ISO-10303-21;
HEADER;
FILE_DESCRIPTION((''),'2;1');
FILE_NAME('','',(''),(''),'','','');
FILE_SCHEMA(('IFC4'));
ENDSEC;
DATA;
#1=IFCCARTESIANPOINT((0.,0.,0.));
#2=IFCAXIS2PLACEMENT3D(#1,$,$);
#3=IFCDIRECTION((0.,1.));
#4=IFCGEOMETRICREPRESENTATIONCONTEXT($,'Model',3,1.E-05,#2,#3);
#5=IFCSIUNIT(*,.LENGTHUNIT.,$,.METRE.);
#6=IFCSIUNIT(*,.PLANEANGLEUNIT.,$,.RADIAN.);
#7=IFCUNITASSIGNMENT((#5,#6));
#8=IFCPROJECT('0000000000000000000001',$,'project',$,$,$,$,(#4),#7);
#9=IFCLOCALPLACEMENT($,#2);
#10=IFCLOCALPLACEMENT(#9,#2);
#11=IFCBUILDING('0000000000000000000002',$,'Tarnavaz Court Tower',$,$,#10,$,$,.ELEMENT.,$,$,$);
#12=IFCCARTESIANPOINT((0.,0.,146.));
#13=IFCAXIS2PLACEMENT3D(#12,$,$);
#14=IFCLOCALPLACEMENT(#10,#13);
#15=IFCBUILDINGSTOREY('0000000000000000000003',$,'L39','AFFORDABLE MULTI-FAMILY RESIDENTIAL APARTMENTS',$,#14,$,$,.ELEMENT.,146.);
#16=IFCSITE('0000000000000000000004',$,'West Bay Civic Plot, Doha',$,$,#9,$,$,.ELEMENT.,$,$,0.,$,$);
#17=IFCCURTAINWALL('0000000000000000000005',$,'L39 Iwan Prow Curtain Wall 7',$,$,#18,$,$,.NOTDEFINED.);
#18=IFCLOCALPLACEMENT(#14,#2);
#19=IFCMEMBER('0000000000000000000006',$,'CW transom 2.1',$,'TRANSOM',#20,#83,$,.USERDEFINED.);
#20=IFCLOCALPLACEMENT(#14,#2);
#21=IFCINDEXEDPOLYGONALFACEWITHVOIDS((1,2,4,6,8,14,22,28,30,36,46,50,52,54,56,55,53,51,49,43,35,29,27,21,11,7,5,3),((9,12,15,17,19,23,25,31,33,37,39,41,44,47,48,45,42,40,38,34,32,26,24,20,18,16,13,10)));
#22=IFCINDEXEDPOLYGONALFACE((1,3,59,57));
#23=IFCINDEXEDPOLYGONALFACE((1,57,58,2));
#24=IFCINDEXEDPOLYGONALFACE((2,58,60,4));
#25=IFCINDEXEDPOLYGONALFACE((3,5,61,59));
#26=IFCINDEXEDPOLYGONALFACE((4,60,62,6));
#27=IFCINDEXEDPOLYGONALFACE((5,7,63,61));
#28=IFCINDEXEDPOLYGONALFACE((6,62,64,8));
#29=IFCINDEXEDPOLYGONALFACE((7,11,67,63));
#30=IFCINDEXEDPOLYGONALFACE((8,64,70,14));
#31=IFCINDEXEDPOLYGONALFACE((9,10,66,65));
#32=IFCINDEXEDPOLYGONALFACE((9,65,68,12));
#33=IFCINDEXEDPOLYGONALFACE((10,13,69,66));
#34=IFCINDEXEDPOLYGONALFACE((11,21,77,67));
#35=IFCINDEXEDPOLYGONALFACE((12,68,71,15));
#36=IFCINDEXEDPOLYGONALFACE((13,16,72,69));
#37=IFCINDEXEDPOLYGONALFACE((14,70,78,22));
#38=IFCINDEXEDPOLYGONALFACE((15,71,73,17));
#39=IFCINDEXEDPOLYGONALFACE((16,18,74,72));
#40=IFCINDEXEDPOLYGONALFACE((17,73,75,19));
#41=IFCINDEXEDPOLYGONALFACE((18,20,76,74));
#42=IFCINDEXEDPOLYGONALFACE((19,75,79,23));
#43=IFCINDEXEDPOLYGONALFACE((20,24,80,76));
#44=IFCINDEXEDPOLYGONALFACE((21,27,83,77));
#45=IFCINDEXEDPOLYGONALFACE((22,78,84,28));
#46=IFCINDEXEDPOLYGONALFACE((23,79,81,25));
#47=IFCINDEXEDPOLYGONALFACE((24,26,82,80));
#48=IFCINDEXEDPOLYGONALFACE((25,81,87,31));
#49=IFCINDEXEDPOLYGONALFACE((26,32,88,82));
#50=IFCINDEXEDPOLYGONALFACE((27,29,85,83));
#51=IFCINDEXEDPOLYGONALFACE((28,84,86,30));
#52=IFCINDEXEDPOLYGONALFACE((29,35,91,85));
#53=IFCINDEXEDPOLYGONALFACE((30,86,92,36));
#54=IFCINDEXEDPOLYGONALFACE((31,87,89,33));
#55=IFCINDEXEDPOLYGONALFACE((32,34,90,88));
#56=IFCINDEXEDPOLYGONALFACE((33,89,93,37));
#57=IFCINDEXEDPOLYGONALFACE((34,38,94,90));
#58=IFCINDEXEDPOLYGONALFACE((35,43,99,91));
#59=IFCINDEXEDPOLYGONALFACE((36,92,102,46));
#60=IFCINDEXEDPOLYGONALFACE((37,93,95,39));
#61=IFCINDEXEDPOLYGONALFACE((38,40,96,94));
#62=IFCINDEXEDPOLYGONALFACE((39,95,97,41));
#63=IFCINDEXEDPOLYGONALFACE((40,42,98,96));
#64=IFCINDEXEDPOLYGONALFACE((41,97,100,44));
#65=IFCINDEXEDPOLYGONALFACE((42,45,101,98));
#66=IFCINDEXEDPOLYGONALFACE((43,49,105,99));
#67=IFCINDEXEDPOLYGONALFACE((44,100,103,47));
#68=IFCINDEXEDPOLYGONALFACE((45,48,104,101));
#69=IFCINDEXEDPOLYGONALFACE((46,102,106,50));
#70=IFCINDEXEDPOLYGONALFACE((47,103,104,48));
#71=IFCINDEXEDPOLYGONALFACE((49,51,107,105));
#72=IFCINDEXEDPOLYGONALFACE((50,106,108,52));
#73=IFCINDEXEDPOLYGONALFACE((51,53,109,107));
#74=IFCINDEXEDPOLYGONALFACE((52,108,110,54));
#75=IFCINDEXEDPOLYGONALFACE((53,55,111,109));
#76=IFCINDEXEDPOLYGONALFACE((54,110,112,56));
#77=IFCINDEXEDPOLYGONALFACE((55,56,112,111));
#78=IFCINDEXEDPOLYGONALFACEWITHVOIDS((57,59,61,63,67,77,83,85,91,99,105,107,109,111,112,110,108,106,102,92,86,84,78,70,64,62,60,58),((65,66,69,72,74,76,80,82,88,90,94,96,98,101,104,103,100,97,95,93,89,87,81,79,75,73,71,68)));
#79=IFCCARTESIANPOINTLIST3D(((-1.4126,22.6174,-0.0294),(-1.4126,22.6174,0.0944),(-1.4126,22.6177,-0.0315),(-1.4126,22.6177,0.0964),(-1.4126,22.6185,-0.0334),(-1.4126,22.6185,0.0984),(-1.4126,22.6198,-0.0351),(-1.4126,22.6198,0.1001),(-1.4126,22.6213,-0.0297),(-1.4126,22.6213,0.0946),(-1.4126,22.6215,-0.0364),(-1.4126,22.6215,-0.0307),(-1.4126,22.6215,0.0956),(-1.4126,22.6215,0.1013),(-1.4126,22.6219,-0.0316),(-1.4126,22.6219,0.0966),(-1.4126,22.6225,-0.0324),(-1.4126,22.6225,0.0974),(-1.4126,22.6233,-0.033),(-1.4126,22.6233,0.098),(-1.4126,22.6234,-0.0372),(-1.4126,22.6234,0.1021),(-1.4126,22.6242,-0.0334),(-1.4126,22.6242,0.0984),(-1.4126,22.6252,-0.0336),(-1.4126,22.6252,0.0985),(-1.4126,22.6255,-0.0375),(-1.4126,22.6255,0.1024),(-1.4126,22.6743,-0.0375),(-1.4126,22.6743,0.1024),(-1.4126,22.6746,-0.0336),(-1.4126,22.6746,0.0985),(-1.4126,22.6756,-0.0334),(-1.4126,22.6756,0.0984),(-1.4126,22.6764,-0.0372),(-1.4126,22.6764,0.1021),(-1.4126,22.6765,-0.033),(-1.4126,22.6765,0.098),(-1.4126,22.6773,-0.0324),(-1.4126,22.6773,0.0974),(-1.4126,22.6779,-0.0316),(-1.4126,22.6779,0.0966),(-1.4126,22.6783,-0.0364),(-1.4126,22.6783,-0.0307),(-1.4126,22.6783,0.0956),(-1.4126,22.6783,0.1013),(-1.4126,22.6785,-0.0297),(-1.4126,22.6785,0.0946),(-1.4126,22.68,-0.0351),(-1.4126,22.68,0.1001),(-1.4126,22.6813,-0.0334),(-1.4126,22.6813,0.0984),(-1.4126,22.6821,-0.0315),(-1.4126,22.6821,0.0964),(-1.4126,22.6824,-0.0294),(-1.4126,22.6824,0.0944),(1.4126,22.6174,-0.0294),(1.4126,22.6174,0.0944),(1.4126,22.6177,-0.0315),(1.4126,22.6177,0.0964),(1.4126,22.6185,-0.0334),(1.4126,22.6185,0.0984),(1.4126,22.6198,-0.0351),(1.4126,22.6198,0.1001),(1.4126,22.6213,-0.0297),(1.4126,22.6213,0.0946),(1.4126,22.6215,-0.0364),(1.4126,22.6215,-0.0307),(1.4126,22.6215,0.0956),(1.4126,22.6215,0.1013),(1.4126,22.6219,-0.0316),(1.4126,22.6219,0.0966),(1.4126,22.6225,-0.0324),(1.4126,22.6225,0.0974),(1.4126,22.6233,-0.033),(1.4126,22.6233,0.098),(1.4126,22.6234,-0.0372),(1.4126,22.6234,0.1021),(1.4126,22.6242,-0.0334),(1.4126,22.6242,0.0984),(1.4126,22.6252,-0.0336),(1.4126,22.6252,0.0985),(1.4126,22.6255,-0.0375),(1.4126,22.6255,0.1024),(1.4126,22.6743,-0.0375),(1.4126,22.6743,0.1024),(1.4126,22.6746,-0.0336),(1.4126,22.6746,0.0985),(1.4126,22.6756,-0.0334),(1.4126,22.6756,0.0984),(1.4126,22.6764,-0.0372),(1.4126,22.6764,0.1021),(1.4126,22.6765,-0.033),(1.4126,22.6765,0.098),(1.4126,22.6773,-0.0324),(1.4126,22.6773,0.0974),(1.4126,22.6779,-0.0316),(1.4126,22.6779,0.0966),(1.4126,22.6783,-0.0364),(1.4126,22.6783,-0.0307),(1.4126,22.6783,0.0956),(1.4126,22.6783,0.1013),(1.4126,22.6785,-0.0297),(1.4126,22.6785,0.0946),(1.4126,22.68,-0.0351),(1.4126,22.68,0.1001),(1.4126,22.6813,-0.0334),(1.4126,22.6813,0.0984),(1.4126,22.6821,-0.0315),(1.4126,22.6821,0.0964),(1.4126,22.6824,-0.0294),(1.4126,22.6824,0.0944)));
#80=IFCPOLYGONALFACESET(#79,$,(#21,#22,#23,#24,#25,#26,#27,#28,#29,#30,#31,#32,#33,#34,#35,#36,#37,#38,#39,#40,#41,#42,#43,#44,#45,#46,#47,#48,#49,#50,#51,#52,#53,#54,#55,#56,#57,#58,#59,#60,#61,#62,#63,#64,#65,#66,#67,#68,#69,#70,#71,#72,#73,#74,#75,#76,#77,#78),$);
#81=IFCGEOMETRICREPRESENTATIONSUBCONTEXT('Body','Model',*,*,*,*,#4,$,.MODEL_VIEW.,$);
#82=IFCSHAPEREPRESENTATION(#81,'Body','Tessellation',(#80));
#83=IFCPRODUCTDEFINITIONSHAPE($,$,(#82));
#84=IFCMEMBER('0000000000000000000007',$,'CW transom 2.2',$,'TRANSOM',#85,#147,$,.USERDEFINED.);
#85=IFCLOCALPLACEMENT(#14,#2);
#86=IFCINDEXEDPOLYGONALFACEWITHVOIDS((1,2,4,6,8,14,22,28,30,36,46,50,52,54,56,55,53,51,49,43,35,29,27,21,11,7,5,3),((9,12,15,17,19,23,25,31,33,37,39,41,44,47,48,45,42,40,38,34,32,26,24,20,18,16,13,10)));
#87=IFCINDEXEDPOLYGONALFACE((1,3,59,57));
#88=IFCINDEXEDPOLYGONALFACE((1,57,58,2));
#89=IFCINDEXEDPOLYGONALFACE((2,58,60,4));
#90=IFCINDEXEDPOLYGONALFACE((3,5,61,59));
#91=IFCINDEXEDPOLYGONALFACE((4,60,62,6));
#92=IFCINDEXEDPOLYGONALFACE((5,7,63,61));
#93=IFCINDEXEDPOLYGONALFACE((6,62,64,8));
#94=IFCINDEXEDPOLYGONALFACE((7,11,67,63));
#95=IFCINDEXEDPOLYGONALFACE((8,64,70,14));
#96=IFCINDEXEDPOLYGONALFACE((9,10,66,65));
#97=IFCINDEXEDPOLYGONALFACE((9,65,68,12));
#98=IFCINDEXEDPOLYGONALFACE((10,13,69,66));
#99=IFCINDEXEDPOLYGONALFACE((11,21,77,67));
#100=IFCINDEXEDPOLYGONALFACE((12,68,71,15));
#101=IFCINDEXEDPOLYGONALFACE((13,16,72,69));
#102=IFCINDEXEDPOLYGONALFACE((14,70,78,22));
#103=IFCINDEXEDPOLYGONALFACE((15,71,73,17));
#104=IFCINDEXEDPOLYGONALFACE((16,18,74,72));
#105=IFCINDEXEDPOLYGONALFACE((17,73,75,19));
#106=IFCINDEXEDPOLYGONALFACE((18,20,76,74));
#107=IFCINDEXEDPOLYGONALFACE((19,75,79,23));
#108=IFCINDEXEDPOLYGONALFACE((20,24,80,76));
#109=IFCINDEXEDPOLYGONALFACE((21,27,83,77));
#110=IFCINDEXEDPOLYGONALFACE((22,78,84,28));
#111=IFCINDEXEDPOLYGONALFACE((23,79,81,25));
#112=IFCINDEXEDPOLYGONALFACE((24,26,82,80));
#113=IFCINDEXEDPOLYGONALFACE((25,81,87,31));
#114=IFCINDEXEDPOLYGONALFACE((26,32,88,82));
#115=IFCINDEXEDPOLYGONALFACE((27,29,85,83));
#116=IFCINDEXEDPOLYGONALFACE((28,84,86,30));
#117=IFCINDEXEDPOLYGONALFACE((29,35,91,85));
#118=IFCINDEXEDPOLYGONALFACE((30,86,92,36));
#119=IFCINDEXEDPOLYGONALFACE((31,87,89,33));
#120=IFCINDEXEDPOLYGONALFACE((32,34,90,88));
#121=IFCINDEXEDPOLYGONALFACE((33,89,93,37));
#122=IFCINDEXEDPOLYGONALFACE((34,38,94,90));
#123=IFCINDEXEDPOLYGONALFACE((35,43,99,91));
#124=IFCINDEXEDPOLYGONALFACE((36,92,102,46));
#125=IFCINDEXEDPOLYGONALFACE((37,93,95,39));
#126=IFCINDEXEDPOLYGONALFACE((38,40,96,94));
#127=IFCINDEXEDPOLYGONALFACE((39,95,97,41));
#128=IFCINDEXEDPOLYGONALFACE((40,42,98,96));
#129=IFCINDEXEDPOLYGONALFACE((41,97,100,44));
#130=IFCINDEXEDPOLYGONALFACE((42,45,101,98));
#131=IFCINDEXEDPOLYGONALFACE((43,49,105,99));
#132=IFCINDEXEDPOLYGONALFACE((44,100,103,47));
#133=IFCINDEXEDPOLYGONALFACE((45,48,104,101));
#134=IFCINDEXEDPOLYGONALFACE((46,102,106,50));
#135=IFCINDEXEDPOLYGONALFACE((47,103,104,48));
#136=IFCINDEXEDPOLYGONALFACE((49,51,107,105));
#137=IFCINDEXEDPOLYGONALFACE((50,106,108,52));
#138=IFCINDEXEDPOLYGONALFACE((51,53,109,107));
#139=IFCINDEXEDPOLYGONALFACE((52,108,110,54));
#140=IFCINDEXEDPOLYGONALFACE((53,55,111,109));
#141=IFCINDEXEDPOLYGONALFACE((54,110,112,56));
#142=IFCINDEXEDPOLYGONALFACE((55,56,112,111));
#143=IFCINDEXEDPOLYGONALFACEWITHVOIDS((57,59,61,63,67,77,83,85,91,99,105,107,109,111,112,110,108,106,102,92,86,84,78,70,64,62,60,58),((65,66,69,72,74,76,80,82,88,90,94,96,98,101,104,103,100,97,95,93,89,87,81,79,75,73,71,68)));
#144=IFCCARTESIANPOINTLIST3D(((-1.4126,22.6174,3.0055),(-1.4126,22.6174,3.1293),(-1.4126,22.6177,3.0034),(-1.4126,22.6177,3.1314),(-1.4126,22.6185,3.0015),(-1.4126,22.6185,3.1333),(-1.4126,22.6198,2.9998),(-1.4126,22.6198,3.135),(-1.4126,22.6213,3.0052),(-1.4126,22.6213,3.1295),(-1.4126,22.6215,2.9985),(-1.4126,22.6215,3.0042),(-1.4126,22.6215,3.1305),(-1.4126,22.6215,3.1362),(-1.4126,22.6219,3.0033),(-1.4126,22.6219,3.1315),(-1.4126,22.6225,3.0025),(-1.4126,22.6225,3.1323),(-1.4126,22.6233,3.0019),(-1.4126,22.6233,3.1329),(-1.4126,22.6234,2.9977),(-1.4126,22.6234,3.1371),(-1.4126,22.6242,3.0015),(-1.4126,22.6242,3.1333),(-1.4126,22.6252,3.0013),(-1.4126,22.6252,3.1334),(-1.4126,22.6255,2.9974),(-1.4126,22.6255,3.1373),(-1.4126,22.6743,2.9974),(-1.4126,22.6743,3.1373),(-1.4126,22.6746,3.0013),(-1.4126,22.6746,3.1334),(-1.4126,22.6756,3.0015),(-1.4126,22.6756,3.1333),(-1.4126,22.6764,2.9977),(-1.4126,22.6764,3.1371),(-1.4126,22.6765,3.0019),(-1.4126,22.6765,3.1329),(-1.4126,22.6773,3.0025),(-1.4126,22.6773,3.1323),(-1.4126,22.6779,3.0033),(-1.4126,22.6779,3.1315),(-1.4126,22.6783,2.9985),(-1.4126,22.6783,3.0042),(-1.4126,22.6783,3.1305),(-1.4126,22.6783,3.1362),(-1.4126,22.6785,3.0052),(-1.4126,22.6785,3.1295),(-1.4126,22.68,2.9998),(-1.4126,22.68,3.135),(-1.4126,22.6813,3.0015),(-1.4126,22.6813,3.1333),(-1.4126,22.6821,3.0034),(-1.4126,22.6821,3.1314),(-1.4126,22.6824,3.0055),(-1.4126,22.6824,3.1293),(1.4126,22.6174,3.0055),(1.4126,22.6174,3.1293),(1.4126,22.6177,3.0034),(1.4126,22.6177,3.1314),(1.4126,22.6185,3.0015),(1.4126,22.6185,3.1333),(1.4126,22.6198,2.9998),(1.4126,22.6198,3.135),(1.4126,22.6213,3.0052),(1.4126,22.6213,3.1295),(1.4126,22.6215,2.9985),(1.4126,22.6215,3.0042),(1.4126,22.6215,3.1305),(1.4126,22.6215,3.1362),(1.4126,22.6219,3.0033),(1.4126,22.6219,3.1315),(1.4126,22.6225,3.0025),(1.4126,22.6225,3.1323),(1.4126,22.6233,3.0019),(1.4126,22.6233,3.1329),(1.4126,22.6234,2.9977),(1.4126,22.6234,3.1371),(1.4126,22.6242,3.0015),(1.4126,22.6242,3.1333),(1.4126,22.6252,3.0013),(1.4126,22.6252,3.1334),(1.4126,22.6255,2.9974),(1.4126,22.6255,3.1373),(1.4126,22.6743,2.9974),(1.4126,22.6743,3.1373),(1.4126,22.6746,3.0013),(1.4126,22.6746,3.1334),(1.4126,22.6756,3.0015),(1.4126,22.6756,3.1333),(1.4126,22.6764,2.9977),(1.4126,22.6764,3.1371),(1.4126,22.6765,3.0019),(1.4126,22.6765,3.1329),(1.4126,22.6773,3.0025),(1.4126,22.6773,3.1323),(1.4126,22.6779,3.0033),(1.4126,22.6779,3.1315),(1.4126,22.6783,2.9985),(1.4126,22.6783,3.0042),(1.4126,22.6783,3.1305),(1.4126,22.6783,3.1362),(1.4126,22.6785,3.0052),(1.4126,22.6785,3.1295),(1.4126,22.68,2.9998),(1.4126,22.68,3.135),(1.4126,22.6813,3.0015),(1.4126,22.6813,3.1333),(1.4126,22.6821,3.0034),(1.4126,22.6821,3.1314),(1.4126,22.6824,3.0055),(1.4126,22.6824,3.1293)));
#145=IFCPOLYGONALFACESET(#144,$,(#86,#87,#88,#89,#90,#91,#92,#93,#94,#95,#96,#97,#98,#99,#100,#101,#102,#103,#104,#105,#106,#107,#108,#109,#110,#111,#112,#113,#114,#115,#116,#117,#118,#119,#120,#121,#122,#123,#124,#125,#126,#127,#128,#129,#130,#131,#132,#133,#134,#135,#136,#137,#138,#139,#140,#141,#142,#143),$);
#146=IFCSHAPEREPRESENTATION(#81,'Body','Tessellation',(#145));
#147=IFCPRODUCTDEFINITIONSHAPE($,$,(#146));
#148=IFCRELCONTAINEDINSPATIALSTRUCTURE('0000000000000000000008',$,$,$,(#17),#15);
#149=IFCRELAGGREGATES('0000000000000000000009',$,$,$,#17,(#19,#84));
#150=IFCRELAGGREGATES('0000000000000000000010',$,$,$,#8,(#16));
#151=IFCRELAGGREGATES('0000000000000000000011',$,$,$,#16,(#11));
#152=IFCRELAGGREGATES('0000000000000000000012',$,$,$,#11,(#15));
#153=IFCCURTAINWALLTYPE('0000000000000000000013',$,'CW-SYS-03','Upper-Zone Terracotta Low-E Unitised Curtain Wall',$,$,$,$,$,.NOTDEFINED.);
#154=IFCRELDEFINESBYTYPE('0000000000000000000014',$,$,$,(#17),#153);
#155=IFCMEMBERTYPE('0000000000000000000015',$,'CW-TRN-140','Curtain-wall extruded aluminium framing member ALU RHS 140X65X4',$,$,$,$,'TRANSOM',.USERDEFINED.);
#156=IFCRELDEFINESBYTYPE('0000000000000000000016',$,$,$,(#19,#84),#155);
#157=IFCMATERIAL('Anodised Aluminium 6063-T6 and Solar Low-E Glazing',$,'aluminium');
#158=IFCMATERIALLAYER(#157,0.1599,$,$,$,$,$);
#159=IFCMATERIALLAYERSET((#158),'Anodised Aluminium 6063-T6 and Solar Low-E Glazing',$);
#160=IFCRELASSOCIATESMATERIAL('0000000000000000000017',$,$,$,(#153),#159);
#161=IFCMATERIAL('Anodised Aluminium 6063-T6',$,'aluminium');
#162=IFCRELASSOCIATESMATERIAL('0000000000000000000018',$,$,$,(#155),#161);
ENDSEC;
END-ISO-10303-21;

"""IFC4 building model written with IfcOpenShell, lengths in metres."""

from ifc_helpers import new_model, si_unit, direction, frame, origin, origin_2d, place, context, subcontext, project, spatial, hollow_rectangle, extrude, material, layer, layer_set, material_profile, profile_set, type_object, element, aggregate, save


model = new_model("IFC4")

# Units and contexts
model_context = context("Model", 3, precision=1e-05, world=origin(), true_north=direction((0.0, 1.0)))
body_context = subcontext(model_context, "Body", "Model", "MODEL_VIEW")
ifc_project = project(units=[si_unit("LENGTHUNIT", "METRE"), si_unit("PLANEANGLEUNIT", "RADIAN")], contexts=[model_context])

# Site, building, storey
site_placement = place(None, origin())
site = spatial("IfcSite", under=ifc_project, at=site_placement, Name="West Bay Civic Plot, Doha", CompositionType="ELEMENT", RefElevation=0.0)
building_placement = place(site_placement, origin())
building = spatial("IfcBuilding", under=site, at=building_placement, Name="Tarnavaz Court Tower", CompositionType="ELEMENT")
storey_placement = place(building_placement, frame((0.0, 0.0, 146.0)))
storey = spatial("IfcBuildingStorey", under=building, at=storey_placement, Name="L39", Description="AFFORDABLE MULTI-FAMILY RESIDENTIAL APARTMENTS", CompositionType="ELEMENT", Elevation=146.0)

# Curtain wall, members
ifc_material_1 = material(Name="Anodised Aluminium 6063-T6 and Solar Low-E Glazing", Category="aluminium")
ifc_layer_1 = layer(ifc_material_1, 0.1599)
ifc_layer_set_1 = layer_set([ifc_layer_1], Name="Anodised Aluminium 6063-T6 and Solar Low-E Glazing")
curtain_wall_type = type_object("IfcCurtainWallType", Name="CW-SYS-03", Description="Upper-Zone Terracotta Low-E Unitised Curtain Wall", PredefinedType="NOTDEFINED", material=ifc_layer_set_1)
curtain_wall_placement = place(storey_placement, origin())
curtain_wall = element("IfcCurtainWall", 1, at=curtain_wall_placement, inside=storey, type_object=curtain_wall_type, Name="L39 Iwan Prow Curtain Wall 7", PredefinedType="NOTDEFINED")
ifc_material_2 = material(Name="Anodised Aluminium 6063-T6", Category="aluminium")
ifc_material_profile_1 = material_profile(ifc_material_2, hollow_rectangle(XDim=0.0649, YDim=0.1399, WallThickness=0.0039, InnerFilletRadius=0.0039, OuterFilletRadius=0.0081, at=origin_2d()), Name="ALU RHS 140X65X4")
ifc_profile_set_1 = profile_set([ifc_material_profile_1], Name="Anodised Aluminium 6063-T6")
member_type_1 = type_object("IfcMemberType", Name="CW-TRN-140", Description="Curtain-wall extruded aluminium framing member ALU RHS 140X65X4", ElementType="TRANSOM", PredefinedType="USERDEFINED", material=ifc_profile_set_1)
member_1_placement = place(storey_placement, frame((-1.4126, 22.6499, 0.0325), z_axis=(1.0, 0.0, 0.0), x_axis=(0.0, 1.0, 0.0)))
member_1 = element("IfcMember", 2, at=member_1_placement, type_object=member_type_1, Name="CW transom 2.1", ObjectType="TRANSOM", PredefinedType="USERDEFINED", context=body_context, shape_type="SweptSolid", body=[
    extrude(hollow_rectangle(XDim=0.0649, YDim=0.1399, WallThickness=0.0039, InnerFilletRadius=0.0039, OuterFilletRadius=0.0081, at=origin_2d()), origin(), (0.0, 0.0, 1.0), 2.8252),
])
member_2_placement = place(storey_placement, frame((-1.4126, 22.6499, 3.0674), z_axis=(1.0, 0.0, 0.0), x_axis=(0.0, 1.0, 0.0)))
member_2 = element("IfcMember", 3, at=member_2_placement, type_object=member_type_1, Name="CW transom 2.2", ObjectType="TRANSOM", PredefinedType="USERDEFINED", context=body_context, shape_type="SweptSolid", body=[
    extrude(hollow_rectangle(XDim=0.0649, YDim=0.1399, WallThickness=0.0039, InnerFilletRadius=0.0039, OuterFilletRadius=0.0081, at=origin_2d()), origin(), (0.0, 0.0, 1.0), 2.8252),
])
aggregate(curtain_wall, [member_1, member_2])

save(model, "model.ifc")
